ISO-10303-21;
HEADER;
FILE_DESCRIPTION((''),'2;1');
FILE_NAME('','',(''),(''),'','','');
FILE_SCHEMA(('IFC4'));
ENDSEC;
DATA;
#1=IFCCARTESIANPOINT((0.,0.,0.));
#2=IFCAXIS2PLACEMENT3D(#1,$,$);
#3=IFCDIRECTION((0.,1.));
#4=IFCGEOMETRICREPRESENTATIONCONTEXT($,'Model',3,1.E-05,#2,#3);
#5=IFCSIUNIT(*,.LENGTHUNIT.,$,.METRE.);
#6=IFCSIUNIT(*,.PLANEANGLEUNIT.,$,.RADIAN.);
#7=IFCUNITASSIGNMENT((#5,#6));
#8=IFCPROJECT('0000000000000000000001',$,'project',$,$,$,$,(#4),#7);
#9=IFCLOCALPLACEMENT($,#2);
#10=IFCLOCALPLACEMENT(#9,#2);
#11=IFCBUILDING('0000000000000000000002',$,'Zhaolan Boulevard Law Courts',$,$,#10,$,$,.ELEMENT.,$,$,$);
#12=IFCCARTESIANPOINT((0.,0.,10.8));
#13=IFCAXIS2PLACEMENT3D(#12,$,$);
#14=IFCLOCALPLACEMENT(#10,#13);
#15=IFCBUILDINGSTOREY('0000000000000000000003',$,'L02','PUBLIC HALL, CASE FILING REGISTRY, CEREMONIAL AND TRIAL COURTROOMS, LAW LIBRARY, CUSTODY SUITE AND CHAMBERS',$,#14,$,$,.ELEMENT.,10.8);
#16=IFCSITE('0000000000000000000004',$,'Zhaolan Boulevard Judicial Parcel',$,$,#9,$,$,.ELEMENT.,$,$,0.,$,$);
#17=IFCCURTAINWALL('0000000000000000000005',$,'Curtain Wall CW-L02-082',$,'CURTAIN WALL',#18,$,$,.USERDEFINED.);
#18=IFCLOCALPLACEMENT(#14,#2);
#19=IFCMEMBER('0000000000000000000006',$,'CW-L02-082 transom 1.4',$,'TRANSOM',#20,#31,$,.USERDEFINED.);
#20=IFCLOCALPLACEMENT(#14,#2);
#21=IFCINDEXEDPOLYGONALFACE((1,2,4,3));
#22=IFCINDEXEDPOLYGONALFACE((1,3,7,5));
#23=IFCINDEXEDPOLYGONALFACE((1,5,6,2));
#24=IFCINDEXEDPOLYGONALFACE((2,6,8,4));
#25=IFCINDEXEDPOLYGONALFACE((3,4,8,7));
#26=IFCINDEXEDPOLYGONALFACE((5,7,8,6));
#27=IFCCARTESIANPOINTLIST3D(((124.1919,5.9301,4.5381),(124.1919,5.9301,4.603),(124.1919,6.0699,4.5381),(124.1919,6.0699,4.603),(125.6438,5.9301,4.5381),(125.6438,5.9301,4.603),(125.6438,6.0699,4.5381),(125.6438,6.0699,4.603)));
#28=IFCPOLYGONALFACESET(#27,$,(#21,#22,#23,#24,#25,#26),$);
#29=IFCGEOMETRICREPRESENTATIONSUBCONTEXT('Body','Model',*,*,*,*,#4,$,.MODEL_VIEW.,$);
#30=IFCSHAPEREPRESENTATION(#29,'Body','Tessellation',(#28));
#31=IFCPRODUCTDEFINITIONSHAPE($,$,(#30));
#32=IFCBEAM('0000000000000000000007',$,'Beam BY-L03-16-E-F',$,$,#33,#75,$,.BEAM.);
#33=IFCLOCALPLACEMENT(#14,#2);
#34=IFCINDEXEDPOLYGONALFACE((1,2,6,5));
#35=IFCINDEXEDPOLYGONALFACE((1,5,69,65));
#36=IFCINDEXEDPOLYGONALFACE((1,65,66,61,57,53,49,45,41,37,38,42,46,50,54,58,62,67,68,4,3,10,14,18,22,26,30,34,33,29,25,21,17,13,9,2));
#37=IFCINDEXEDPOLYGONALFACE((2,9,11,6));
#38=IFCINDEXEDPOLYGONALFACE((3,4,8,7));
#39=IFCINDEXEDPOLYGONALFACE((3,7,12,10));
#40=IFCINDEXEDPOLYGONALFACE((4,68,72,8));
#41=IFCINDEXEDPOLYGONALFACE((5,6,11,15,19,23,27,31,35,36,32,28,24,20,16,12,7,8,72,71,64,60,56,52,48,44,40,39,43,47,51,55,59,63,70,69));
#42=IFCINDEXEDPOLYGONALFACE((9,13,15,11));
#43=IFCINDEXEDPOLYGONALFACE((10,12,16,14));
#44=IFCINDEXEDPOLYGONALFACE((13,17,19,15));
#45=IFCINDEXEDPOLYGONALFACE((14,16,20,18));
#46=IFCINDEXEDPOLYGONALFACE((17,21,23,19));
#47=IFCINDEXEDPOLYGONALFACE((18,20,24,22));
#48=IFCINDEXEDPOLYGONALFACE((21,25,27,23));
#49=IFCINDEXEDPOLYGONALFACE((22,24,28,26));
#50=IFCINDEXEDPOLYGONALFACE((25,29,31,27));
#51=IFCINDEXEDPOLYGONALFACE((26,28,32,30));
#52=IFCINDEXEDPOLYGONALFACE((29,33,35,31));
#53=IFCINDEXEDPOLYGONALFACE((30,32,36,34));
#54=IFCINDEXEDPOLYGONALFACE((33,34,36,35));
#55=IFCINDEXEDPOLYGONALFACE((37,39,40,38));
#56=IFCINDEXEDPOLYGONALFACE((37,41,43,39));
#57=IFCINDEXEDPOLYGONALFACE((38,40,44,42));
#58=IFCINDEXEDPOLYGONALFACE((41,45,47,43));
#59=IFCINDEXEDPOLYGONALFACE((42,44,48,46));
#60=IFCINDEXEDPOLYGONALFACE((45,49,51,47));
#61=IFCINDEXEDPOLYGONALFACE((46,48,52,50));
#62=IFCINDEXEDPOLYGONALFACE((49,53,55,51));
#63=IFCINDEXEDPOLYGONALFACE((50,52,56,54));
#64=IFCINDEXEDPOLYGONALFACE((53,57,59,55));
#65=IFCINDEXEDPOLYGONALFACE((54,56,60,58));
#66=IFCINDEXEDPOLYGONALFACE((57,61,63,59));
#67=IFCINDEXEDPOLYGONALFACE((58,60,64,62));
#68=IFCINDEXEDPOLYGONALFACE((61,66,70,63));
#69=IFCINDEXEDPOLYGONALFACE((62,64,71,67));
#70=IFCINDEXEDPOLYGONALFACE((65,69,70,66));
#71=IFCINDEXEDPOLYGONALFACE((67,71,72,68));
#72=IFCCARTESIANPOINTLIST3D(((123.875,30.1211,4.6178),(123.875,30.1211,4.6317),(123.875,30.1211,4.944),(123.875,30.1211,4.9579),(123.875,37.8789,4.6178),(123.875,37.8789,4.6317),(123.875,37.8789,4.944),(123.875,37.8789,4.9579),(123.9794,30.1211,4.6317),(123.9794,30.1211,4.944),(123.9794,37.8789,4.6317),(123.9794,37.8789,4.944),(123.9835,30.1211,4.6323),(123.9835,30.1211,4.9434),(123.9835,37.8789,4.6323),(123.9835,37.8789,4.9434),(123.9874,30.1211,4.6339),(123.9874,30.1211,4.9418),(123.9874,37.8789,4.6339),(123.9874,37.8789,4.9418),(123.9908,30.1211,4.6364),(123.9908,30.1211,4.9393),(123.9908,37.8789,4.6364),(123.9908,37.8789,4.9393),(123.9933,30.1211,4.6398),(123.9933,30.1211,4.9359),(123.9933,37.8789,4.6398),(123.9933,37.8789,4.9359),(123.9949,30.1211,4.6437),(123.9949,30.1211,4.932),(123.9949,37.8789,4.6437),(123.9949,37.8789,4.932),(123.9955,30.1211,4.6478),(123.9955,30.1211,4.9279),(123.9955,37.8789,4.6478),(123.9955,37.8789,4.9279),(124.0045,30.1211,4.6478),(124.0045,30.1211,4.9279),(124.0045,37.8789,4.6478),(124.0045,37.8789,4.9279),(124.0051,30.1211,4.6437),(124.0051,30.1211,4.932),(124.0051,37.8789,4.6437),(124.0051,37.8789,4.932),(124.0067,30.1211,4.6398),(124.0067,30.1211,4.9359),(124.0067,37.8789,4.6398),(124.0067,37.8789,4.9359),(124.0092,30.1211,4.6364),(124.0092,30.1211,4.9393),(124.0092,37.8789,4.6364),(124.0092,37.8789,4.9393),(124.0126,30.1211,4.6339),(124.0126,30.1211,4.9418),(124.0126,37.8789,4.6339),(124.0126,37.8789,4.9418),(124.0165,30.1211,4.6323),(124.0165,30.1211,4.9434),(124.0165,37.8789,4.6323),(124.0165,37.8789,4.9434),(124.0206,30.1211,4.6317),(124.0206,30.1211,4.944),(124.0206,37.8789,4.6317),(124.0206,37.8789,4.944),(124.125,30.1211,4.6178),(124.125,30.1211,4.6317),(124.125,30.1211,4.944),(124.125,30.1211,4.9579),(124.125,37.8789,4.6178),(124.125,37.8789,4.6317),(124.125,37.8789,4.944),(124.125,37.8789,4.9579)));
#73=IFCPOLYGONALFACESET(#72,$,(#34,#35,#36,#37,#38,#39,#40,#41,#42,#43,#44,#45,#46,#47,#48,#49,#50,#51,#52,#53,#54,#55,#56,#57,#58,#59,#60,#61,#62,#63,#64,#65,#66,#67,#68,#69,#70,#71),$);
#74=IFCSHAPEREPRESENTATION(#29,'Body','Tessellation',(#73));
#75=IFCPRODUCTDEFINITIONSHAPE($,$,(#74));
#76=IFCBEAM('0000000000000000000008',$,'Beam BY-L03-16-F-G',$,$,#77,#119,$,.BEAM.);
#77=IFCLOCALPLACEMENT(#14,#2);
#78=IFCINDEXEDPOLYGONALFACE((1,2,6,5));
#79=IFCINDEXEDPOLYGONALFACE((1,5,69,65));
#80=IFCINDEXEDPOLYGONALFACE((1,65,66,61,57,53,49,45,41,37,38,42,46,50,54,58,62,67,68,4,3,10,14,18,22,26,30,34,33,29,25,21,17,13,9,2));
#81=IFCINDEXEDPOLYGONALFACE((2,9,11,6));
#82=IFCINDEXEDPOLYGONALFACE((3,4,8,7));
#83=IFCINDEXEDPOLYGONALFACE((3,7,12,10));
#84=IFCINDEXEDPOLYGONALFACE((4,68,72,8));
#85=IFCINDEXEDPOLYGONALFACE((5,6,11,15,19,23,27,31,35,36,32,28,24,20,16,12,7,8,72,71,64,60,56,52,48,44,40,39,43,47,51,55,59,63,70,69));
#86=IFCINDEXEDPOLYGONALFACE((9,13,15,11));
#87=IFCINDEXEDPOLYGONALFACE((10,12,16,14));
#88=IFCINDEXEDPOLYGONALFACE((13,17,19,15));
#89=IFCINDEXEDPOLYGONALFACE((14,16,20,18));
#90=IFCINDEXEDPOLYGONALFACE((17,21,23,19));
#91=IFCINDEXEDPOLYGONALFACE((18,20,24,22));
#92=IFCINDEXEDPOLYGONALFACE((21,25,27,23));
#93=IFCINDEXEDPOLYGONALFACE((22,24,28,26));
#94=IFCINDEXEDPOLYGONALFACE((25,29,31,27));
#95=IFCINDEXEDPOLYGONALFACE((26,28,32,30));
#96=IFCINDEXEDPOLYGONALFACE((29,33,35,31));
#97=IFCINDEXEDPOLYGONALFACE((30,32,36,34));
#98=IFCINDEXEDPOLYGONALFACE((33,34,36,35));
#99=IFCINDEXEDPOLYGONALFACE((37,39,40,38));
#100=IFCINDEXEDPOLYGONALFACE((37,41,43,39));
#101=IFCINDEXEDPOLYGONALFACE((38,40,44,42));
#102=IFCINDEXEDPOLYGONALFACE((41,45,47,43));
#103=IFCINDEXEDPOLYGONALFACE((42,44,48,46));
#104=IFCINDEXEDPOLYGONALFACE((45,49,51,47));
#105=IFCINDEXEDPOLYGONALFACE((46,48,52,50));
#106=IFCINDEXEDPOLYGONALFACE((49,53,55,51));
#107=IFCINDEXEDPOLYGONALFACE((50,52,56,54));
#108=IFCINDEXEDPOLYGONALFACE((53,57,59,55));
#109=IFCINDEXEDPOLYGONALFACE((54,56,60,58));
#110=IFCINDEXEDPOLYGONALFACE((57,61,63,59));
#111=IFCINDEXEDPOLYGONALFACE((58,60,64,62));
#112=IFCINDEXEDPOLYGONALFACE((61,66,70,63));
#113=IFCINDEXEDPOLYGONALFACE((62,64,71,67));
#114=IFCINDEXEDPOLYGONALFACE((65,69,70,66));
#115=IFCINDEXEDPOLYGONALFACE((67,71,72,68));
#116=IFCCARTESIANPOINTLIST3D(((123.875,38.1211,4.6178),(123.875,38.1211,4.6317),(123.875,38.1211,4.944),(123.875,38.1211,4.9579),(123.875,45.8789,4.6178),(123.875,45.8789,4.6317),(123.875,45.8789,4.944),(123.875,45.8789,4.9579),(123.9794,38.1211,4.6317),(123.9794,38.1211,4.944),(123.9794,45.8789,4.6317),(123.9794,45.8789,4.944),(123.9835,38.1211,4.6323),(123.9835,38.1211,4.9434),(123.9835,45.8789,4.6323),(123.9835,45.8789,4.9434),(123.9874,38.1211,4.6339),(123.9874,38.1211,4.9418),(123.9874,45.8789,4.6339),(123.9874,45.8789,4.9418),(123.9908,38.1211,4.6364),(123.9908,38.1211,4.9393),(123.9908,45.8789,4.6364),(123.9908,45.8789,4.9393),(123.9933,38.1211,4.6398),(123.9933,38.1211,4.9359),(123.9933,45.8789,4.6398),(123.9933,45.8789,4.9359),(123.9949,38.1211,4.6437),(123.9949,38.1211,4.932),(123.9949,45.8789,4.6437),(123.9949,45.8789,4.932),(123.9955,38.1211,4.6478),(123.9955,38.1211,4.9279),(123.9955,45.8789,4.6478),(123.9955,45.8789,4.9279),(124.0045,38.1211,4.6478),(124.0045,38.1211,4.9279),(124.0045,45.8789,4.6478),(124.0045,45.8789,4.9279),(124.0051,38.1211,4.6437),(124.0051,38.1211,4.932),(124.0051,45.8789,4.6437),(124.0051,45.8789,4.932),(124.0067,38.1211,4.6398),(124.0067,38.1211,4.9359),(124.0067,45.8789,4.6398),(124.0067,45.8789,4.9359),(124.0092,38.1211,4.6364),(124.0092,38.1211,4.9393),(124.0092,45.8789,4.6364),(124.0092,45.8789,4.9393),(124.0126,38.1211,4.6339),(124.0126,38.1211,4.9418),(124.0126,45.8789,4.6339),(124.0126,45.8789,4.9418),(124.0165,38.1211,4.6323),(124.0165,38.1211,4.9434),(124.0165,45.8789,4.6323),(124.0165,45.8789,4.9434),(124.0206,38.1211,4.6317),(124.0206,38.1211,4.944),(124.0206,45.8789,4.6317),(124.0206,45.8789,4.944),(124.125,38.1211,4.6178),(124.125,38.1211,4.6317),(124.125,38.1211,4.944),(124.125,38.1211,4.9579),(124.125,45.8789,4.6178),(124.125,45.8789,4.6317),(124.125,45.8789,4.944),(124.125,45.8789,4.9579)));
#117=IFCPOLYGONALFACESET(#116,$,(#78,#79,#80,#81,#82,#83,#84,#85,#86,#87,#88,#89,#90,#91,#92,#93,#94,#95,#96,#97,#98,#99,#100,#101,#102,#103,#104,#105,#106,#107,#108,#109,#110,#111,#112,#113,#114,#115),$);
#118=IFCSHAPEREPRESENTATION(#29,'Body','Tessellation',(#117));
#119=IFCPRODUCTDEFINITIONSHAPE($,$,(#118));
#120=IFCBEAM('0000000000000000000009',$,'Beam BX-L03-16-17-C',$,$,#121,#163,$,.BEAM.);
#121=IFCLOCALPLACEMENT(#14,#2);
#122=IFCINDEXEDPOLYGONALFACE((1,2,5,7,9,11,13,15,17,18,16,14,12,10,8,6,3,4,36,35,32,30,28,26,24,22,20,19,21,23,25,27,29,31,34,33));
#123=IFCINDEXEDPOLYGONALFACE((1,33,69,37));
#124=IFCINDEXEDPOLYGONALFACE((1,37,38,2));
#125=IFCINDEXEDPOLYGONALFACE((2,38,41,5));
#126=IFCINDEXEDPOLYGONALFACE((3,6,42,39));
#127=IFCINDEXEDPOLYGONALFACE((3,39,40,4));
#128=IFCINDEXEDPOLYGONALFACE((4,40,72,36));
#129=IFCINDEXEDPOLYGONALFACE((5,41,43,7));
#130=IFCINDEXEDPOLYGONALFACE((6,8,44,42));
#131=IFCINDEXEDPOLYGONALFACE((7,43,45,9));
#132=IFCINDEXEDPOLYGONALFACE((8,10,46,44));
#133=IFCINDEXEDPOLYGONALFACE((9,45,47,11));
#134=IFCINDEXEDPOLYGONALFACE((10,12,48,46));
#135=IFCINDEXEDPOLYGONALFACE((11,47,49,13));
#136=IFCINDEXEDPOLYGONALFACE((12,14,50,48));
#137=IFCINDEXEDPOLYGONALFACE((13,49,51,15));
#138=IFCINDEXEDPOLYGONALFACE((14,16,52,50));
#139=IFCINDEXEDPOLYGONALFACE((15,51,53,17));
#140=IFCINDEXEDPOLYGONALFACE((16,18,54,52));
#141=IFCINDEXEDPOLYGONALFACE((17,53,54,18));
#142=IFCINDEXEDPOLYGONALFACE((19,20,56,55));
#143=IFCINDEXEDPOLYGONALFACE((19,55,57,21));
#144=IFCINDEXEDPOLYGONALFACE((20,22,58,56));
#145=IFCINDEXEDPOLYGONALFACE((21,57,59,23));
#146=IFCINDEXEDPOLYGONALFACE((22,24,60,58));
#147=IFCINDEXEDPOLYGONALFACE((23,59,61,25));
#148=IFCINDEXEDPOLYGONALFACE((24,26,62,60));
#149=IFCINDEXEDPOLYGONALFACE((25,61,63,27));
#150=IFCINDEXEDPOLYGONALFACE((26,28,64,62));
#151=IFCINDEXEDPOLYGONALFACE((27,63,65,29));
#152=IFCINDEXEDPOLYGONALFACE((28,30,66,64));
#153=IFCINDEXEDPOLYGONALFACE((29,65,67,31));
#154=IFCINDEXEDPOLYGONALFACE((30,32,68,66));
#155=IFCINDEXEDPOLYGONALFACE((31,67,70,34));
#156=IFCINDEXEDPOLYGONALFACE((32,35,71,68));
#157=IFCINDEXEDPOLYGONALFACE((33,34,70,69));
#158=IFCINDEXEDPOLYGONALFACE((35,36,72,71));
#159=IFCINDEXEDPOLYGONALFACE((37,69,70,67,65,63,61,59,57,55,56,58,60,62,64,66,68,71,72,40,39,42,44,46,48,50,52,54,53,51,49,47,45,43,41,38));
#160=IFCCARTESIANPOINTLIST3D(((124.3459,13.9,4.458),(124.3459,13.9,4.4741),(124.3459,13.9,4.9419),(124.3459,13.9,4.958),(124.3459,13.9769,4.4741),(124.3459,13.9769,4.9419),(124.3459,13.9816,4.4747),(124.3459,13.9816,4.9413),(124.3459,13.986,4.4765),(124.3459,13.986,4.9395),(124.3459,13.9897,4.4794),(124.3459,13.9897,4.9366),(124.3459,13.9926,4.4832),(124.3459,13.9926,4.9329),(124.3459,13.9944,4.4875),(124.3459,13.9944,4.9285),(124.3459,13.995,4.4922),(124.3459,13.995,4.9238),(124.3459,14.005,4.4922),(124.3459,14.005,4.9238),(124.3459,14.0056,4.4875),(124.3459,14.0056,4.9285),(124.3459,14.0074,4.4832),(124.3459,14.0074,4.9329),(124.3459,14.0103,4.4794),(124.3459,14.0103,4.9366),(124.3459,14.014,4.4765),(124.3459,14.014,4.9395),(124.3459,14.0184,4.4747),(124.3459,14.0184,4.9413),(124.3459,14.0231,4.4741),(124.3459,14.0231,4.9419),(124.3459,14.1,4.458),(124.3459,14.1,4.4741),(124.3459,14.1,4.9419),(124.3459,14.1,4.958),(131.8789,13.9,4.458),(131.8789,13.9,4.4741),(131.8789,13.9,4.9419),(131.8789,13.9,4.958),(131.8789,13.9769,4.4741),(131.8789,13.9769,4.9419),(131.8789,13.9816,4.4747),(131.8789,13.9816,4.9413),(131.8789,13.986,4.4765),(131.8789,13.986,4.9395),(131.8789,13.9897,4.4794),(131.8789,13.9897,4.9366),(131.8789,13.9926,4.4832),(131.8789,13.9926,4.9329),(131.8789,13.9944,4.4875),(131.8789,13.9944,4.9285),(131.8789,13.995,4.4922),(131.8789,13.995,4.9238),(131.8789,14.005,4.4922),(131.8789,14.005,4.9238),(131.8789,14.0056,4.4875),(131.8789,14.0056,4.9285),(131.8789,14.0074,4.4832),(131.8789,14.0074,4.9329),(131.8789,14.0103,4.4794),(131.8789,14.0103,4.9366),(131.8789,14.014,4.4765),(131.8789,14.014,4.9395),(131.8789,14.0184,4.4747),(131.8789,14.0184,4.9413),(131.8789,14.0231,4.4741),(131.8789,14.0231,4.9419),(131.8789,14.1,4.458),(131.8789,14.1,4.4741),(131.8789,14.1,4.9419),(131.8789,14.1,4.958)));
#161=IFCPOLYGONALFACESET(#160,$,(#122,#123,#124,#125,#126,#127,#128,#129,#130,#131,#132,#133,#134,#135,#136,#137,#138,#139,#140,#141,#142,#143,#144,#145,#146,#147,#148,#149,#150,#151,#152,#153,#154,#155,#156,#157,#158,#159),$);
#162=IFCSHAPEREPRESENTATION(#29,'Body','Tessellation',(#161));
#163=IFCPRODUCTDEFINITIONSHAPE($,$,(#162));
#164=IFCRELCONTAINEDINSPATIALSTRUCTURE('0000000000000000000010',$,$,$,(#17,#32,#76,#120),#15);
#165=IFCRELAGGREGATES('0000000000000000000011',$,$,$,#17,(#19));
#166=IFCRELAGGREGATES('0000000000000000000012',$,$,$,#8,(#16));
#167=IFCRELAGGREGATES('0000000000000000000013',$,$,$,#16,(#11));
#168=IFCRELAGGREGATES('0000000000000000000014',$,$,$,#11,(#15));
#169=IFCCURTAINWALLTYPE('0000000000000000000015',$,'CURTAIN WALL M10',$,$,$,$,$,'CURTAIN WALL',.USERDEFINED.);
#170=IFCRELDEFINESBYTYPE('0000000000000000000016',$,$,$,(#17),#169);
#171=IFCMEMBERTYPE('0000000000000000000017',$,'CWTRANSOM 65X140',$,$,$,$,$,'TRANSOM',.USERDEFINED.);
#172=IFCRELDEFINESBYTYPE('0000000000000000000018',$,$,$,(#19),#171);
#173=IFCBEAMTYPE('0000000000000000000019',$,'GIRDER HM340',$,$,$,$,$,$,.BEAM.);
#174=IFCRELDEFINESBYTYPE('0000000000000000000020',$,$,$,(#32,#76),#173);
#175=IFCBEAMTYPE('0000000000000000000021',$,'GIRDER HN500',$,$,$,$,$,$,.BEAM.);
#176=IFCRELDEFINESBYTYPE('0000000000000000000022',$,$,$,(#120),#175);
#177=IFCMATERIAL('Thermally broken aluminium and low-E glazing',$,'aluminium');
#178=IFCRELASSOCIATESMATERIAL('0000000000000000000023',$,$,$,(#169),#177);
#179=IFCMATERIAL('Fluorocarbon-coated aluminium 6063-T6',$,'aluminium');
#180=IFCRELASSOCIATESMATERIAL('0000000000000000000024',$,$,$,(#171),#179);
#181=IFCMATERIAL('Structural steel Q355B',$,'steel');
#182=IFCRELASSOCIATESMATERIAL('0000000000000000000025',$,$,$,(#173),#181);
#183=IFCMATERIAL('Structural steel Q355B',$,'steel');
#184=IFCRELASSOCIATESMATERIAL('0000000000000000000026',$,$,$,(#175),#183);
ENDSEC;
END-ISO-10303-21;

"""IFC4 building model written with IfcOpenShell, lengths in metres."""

from ifc_helpers import new_model, si_unit, direction, frame, origin, origin_2d, place, context, subcontext, project, spatial, rectangle, i_section, extrude, material, material_profile, profile_set, type_object, element, aggregate, save


model = new_model("IFC4")

# Units and contexts
model_context = context("Model", 3, precision=1e-05, world=origin(), true_north=direction((0.0, 1.0)))
body_context = subcontext(model_context, "Body", "Model", "MODEL_VIEW")
ifc_project = project(units=[si_unit("LENGTHUNIT", "METRE"), si_unit("PLANEANGLEUNIT", "RADIAN")], contexts=[model_context])

# Site, building, storey
site_placement = place(None, origin())
site = spatial("IfcSite", under=ifc_project, at=site_placement, Name="Zhaolan Boulevard Judicial Parcel", CompositionType="ELEMENT", RefElevation=0.0)
building_placement = place(site_placement, origin())
building = spatial("IfcBuilding", under=site, at=building_placement, Name="Zhaolan Boulevard Law Courts", CompositionType="ELEMENT")
storey_placement = place(building_placement, frame((0.0, 0.0, 10.8)))
storey = spatial("IfcBuildingStorey", under=building, at=storey_placement, Name="L02", Description="PUBLIC HALL, CASE FILING REGISTRY, CEREMONIAL AND TRIAL COURTROOMS, LAW LIBRARY, CUSTODY SUITE AND CHAMBERS", CompositionType="ELEMENT", Elevation=10.8)

# Curtain wall, member
ifc_material_1 = material(Name="Thermally broken aluminium and low-E glazing", Category="aluminium")
curtain_wall_type = type_object("IfcCurtainWallType", Name="CURTAIN WALL M10", ElementType="CURTAIN WALL", PredefinedType="USERDEFINED", material=ifc_material_1)
curtain_wall_placement = place(storey_placement, origin())
curtain_wall = element("IfcCurtainWall", 1, at=curtain_wall_placement, inside=storey, type_object=curtain_wall_type, Name="Curtain Wall CW-L02-082", ObjectType="CURTAIN WALL", PredefinedType="USERDEFINED")
ifc_material_2 = material(Name="Fluorocarbon-coated aluminium 6063-T6", Category="aluminium")
ifc_material_profile_1 = material_profile(ifc_material_2, rectangle(XDim=0.1399, YDim=0.0649, at=origin_2d()), Name="AL65x140")
ifc_profile_set_1 = profile_set([ifc_material_profile_1], Name="Fluorocarbon-coated aluminium 6063-T6")
member_type_1 = type_object("IfcMemberType", Name="CWTRANSOM 65X140", ElementType="TRANSOM", PredefinedType="USERDEFINED", material=ifc_profile_set_1)
member_1_placement = place(storey_placement, frame((124.1919, 6.0, 4.5706), z_axis=(1.0, 0.0, 0.0), x_axis=(0.0, 1.0, 0.0)))
member_1 = element("IfcMember", 2, at=member_1_placement, type_object=member_type_1, Name="CW-L02-082 transom 1.4", ObjectType="TRANSOM", PredefinedType="USERDEFINED", context=body_context, shape_type="SweptSolid", body=[
    extrude(rectangle(XDim=0.1399, YDim=0.0649, at=origin_2d()), origin(), (0.0, 0.0, 1.0), 1.4519),
])

# Beams
ifc_material_3 = material(Name="Structural steel Q355B", Category="steel")
ifc_material_profile_2 = material_profile(ifc_material_3, i_section(OverallWidth=0.25, OverallDepth=0.3401, WebThickness=0.009, FlangeThickness=0.0139, FilletRadius=0.0161, at=origin_2d()), Name="HM340x250")
ifc_profile_set_2 = profile_set([ifc_material_profile_2], Name="Structural steel Q355B")
beam_type_1 = type_object("IfcBeamType", Name="GIRDER HM340", PredefinedType="BEAM", material=ifc_profile_set_2)
for number, where, z_axis, x_axis, name in (
    (3, (124.0, 30.1211, 4.7878), (0.0, 1.0, 0.0), (-1.0, 0.0, 0.0), "Beam BY-L03-16-E-F"),
    (4, (124.0, 38.1211, 4.7878), (0.0, 1.0, 0.0), (-1.0, 0.0, 0.0), "Beam BY-L03-16-F-G"),
):
    element("IfcBeam", number, at=place(storey_placement, frame(where, z_axis=z_axis, x_axis=x_axis)), inside=storey, type_object=beam_type_1, Name=name, PredefinedType="BEAM", context=body_context, shape_type="SweptSolid", body=[
        extrude(i_section(OverallWidth=0.25, OverallDepth=0.3401, WebThickness=0.009, FlangeThickness=0.0139, FilletRadius=0.0161, at=origin_2d()), origin(), (0.0, 0.0, 1.0), 7.7578),
    ])
ifc_material_4 = material(Name="Structural steel Q355B", Category="steel")
ifc_material_profile_3 = material_profile(ifc_material_4, i_section(OverallWidth=0.2, OverallDepth=0.5, WebThickness=0.01, FlangeThickness=0.0161, FilletRadius=0.0181, at=origin_2d()), Name="HN500x200")
ifc_profile_set_3 = profile_set([ifc_material_profile_3], Name="Structural steel Q355B")
beam_type_2 = type_object("IfcBeamType", Name="GIRDER HN500", PredefinedType="BEAM", material=ifc_profile_set_3)
for number, where, z_axis, x_axis, name in (
    (5, (124.3459, 14.0, 4.708), (1.0, 0.0, 0.0), (0.0, 1.0, 0.0), "Beam BX-L03-16-17-C"),
):
    element("IfcBeam", number, at=place(storey_placement, frame(where, z_axis=z_axis, x_axis=x_axis)), inside=storey, type_object=beam_type_2, Name=name, PredefinedType="BEAM", context=body_context, shape_type="SweptSolid", body=[
        extrude(i_section(OverallWidth=0.2, OverallDepth=0.5, WebThickness=0.01, FlangeThickness=0.0161, FilletRadius=0.0181, at=origin_2d()), origin(), (0.0, 0.0, 1.0), 7.533),
    ])

aggregate(curtain_wall, [member_1])

save(model, "model.ifc")
